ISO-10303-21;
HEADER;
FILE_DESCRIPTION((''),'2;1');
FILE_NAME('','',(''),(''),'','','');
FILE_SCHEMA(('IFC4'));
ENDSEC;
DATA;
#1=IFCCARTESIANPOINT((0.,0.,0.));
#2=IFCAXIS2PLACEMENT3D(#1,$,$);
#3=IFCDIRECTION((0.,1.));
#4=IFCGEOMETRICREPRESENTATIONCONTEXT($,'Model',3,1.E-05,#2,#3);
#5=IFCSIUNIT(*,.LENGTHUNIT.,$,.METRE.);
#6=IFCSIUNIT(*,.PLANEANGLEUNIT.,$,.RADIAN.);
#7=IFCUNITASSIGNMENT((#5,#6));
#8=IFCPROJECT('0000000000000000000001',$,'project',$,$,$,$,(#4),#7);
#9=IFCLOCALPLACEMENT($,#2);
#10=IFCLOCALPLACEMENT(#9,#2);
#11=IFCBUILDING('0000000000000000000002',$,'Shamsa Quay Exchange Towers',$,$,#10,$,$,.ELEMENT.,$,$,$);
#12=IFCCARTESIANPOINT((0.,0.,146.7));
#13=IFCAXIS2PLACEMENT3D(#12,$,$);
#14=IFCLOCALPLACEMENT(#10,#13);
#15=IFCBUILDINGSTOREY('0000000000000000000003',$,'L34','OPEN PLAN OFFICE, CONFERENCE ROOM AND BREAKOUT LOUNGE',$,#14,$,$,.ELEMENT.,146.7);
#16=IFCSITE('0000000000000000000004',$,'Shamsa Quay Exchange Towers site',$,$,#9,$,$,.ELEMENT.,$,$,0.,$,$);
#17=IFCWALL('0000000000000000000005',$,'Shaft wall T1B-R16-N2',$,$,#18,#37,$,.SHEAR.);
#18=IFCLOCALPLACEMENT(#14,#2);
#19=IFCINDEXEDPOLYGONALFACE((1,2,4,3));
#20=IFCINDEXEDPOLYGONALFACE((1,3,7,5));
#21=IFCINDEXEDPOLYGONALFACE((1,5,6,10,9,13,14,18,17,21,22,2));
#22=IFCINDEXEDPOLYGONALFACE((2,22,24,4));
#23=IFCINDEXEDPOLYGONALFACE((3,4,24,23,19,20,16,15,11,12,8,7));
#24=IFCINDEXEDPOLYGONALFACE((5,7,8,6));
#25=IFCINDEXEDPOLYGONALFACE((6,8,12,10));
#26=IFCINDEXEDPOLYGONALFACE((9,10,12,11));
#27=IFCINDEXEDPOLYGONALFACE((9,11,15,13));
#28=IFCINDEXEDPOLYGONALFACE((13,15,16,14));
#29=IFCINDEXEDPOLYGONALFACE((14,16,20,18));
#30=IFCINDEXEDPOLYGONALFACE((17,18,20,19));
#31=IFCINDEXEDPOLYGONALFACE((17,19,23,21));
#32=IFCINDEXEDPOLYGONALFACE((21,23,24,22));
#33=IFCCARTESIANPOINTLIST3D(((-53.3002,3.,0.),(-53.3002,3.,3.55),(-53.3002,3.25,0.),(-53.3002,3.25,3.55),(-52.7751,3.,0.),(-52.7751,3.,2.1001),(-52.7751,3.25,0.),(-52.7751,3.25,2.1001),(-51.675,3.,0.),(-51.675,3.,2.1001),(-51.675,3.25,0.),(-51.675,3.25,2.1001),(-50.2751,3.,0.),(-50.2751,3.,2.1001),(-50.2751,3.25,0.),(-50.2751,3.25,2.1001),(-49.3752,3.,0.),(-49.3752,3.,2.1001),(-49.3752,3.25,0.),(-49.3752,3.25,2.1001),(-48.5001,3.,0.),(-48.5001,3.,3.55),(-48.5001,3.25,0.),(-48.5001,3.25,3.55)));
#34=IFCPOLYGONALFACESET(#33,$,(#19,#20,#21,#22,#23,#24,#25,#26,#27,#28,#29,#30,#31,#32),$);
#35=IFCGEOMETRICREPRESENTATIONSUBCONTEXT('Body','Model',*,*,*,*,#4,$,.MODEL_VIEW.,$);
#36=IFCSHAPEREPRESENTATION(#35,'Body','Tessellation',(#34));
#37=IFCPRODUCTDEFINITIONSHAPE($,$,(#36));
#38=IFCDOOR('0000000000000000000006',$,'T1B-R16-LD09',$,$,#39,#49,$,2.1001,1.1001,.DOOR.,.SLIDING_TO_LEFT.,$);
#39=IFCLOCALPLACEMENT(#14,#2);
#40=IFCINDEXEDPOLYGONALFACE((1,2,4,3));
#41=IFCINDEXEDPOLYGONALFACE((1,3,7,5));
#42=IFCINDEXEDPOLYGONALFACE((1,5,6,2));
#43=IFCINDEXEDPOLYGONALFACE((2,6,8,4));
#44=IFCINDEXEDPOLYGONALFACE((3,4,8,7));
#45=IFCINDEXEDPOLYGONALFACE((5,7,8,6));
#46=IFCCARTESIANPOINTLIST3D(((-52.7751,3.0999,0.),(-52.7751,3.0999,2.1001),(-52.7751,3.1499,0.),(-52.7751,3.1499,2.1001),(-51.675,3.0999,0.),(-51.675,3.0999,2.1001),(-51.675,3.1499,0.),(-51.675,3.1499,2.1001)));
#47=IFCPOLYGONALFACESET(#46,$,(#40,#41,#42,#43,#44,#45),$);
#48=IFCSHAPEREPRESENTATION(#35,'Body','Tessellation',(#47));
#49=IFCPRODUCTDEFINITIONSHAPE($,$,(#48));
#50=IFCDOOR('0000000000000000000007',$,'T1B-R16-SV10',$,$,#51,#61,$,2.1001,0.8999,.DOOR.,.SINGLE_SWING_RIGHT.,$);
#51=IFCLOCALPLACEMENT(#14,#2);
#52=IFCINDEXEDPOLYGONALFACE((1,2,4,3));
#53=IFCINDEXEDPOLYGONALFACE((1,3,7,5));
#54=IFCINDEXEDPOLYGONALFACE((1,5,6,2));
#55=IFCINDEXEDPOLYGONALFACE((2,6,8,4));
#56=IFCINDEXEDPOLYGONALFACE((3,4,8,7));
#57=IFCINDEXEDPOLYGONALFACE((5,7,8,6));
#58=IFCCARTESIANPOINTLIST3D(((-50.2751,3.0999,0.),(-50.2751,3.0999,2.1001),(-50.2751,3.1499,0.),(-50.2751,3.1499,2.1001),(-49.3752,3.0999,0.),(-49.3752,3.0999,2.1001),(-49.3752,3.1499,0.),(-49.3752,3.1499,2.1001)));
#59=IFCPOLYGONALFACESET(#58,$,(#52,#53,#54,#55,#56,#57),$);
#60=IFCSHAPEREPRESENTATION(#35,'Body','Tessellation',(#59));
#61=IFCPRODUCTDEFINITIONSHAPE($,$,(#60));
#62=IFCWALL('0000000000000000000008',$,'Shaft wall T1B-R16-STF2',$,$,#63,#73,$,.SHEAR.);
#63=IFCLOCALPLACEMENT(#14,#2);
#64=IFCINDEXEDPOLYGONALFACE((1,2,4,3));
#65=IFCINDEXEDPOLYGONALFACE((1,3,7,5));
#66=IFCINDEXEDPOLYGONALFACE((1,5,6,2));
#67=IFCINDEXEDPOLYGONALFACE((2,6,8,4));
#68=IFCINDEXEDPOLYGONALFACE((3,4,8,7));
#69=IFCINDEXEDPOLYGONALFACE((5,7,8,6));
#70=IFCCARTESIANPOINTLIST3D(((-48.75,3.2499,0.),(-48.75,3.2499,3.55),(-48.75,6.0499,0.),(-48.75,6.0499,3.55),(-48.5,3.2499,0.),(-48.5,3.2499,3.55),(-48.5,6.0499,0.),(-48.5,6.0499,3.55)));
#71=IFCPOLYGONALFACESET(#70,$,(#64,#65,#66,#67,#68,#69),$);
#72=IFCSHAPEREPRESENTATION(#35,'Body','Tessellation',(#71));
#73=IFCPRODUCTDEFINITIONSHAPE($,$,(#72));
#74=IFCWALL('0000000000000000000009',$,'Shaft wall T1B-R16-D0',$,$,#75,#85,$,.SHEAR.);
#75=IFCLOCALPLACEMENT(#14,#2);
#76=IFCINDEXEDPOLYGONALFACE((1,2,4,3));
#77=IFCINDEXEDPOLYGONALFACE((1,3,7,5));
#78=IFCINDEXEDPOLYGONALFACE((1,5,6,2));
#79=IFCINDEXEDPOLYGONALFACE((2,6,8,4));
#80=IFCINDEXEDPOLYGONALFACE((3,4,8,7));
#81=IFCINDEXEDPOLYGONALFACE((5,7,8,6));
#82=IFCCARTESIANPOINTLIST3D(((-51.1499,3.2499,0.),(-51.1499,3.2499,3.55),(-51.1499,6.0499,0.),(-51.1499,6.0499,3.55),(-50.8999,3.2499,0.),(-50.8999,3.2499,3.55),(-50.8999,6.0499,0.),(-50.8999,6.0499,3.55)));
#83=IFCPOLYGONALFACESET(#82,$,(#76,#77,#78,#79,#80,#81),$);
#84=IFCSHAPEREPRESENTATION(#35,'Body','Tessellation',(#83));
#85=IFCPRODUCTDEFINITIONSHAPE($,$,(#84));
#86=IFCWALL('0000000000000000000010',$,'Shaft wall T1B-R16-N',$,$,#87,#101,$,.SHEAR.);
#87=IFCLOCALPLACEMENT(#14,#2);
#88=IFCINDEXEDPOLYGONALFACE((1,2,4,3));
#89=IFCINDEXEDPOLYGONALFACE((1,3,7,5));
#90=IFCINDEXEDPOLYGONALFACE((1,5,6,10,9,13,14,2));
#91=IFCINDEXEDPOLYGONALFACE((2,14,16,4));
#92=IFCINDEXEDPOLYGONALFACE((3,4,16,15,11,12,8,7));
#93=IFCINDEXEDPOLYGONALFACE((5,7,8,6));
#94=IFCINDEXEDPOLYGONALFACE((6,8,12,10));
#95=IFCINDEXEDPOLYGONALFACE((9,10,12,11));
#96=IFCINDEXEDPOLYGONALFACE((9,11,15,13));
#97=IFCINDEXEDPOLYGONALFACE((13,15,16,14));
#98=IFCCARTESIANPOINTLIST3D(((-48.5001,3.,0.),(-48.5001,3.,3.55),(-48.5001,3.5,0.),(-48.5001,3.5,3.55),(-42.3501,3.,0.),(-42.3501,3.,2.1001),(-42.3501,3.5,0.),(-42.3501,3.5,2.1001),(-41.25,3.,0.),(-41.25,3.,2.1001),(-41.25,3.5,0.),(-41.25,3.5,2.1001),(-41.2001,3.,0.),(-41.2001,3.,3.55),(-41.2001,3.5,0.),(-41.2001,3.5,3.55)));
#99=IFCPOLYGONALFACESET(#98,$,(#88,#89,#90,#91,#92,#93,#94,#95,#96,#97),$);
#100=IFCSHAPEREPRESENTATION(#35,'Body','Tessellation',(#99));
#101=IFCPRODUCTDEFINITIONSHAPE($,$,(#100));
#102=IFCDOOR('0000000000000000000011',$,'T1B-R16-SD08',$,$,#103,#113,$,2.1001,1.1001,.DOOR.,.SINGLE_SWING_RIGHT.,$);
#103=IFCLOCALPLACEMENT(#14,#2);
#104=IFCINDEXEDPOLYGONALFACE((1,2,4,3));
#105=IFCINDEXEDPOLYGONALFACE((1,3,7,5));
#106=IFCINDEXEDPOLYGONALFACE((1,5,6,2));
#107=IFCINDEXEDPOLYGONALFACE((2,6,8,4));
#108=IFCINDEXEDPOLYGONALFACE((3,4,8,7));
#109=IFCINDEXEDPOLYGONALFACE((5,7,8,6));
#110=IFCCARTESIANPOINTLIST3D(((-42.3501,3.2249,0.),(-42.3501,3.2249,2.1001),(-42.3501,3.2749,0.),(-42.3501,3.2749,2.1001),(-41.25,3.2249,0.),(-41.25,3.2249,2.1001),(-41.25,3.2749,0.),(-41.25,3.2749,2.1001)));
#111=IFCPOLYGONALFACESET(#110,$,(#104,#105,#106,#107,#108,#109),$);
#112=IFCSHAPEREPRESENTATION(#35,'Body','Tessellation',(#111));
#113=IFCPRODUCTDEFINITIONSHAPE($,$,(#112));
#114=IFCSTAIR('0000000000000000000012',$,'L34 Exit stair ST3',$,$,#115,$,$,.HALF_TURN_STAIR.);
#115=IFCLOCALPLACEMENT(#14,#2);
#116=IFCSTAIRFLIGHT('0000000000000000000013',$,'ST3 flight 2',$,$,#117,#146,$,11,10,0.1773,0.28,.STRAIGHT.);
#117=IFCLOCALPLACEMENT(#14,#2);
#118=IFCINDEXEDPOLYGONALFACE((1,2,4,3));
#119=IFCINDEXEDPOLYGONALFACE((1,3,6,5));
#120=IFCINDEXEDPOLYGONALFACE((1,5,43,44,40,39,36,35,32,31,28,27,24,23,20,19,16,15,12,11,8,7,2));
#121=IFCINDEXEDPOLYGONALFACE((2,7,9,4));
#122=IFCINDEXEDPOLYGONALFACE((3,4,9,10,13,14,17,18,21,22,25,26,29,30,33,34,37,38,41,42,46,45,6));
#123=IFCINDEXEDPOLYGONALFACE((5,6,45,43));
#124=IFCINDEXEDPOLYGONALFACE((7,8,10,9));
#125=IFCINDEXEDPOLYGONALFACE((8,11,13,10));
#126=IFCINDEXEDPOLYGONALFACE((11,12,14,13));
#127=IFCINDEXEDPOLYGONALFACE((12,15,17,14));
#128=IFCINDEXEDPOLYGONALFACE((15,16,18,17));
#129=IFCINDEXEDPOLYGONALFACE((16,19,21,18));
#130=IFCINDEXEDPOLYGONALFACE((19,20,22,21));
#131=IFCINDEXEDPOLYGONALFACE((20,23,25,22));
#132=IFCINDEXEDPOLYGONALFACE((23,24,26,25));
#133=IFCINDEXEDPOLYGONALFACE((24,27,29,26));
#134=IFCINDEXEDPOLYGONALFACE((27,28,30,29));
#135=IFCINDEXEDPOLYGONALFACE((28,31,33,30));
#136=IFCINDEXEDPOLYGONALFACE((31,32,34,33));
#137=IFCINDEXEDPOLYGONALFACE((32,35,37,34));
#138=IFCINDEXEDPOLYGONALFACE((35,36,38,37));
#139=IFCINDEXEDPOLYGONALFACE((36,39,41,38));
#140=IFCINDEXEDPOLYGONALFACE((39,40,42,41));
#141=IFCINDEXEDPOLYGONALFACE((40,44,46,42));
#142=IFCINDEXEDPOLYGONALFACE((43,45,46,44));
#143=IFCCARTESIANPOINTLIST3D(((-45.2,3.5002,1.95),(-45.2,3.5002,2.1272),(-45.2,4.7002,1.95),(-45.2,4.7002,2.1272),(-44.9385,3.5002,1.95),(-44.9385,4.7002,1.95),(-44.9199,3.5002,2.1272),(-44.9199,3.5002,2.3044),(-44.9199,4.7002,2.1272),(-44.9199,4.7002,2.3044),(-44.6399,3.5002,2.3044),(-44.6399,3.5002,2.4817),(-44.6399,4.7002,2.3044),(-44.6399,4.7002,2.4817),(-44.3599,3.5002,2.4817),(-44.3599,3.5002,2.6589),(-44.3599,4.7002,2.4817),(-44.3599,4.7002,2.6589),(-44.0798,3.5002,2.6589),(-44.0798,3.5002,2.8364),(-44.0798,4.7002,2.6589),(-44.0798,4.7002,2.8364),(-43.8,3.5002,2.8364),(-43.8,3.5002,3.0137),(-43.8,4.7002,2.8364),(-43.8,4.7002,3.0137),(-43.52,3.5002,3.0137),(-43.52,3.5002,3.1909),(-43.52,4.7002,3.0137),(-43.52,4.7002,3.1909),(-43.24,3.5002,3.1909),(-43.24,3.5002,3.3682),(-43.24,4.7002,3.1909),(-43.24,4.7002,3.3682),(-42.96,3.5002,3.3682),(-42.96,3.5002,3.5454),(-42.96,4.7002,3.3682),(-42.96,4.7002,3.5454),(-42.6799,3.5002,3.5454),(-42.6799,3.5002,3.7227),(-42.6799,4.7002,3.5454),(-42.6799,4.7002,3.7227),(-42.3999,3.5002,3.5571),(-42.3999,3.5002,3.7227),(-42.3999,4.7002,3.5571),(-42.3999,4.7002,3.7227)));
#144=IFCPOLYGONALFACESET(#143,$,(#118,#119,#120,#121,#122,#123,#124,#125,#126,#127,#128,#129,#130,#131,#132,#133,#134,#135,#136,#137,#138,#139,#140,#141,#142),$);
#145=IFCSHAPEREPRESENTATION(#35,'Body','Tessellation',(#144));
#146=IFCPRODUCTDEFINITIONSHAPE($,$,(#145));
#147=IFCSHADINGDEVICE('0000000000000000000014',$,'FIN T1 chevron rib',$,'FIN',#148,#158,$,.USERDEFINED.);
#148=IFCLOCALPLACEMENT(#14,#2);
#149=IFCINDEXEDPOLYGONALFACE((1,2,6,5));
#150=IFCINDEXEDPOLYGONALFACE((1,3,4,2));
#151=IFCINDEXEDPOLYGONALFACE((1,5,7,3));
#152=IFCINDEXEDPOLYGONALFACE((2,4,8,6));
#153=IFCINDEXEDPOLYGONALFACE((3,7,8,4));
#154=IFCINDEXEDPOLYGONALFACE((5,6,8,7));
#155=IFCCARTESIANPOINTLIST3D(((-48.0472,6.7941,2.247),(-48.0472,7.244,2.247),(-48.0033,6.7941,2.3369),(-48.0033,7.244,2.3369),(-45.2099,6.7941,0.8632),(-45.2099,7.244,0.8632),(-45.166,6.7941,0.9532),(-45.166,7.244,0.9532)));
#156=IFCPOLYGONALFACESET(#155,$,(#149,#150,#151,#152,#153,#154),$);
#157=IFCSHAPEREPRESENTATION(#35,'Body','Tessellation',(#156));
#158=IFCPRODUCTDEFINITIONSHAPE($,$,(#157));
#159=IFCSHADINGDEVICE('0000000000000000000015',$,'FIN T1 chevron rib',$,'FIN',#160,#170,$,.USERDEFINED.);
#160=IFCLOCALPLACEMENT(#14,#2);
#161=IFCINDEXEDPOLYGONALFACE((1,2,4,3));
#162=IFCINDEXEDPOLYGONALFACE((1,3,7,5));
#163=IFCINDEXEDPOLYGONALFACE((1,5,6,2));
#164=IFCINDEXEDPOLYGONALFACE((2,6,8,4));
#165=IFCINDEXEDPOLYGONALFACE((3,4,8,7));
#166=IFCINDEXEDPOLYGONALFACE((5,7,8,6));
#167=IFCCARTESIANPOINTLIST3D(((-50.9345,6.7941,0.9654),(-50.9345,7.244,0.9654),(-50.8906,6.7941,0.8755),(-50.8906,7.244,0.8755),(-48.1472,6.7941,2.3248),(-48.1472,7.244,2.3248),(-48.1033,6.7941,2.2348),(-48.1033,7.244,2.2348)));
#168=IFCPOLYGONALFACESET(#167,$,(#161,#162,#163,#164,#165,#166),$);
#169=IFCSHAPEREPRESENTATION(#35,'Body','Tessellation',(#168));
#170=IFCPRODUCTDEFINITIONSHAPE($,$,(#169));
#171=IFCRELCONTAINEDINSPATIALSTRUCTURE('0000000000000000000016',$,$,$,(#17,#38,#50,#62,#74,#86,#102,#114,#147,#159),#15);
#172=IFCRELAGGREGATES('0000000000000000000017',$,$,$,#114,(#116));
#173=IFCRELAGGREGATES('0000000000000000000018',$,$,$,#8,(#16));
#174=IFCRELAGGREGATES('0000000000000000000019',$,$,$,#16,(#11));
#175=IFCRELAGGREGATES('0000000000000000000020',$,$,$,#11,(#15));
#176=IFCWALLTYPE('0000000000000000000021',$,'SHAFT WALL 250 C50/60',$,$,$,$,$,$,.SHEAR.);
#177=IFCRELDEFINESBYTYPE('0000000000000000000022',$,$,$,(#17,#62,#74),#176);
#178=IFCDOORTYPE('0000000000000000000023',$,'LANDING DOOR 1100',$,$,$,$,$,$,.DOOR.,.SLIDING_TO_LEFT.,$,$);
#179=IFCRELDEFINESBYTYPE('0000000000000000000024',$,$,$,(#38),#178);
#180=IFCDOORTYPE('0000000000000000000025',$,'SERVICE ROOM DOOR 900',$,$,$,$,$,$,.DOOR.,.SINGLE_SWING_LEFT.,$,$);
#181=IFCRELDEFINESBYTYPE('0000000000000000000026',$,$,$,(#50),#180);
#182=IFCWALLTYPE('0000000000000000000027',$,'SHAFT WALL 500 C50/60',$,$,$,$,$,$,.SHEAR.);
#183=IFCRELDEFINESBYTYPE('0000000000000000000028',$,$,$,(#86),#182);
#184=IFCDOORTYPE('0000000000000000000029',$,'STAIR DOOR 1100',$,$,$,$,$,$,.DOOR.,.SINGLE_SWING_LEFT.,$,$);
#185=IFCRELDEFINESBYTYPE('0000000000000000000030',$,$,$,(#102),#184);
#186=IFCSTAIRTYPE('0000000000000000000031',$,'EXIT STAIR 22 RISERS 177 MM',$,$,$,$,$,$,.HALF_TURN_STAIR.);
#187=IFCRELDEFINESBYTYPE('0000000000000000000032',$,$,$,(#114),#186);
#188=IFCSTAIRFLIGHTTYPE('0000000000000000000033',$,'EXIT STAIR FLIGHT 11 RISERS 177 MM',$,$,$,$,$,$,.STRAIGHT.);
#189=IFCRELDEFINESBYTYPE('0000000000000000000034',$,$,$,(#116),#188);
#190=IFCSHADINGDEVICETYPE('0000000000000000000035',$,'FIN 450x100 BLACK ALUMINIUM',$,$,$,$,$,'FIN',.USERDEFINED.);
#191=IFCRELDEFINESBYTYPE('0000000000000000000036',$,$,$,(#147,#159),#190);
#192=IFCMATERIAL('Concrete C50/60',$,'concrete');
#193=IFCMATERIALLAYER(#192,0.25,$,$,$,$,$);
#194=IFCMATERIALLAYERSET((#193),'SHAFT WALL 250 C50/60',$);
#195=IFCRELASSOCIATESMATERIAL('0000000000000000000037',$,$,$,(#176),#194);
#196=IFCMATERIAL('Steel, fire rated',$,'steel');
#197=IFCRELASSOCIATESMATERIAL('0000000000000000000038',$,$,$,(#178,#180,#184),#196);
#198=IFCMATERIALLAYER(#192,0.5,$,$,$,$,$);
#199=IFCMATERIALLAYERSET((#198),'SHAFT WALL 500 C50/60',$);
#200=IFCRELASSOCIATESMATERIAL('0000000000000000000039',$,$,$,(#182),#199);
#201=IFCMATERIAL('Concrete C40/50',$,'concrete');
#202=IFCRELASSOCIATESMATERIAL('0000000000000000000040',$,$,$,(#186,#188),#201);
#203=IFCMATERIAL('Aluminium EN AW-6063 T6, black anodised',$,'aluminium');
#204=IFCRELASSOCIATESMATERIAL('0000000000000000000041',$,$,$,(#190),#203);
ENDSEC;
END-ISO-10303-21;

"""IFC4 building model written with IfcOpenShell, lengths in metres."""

from ifc_helpers import new_model, si_unit, direction, frame, frame_2d, origin, origin_2d, place, context, subcontext, project, spatial, polyline, rectangle, outline, extrude, material, layer, layer_set, material_profile, profile_set, type_object, element, fill, aggregate, save


model = new_model("IFC4")

# Units and contexts
model_context = context("Model", 3, precision=1e-05, world=origin(), true_north=direction((0.0, 1.0)))
body_context = subcontext(model_context, "Body", "Model", "MODEL_VIEW")
ifc_project = project(units=[si_unit("LENGTHUNIT", "METRE"), si_unit("PLANEANGLEUNIT", "RADIAN")], contexts=[model_context])

# Site, building, storey
site_placement = place(None, origin())
site = spatial("IfcSite", under=ifc_project, at=site_placement, Name="Shamsa Quay Exchange Towers site", CompositionType="ELEMENT", RefElevation=0.0)
building_placement = place(site_placement, origin())
building = spatial("IfcBuilding", under=site, at=building_placement, Name="Shamsa Quay Exchange Towers", CompositionType="ELEMENT")
storey_placement = place(building_placement, frame((0.0, 0.0, 146.7)))
storey = spatial("IfcBuildingStorey", under=building, at=storey_placement, Name="L34", Description="OPEN PLAN OFFICE, CONFERENCE ROOM AND BREAKOUT LOUNGE", CompositionType="ELEMENT", Elevation=146.7)

# Shared definitions
ifc_material_1 = material(Name="Aluminium EN AW-6063 T6, black anodised", Category="aluminium")

# Wall, openings, doors
ifc_material_2 = material(Name="Concrete C50/60", Category="concrete")
ifc_layer_1 = layer(ifc_material_2, 0.25)
ifc_layer_set_1 = layer_set([ifc_layer_1], Name="SHAFT WALL 250 C50/60")
wall_type_1 = type_object("IfcWallType", Name="SHAFT WALL 250 C50/60", PredefinedType="SHEAR", material=ifc_layer_set_1)
wall_1_placement = place(storey_placement, frame((-53.3, 3.125, 0.0)))
wall_1 = element("IfcWall", 1, at=wall_1_placement, inside=storey, type_object=wall_type_1, Name="Shaft wall T1B-R16-N2", PredefinedType="SHEAR", context=body_context, shape_type="SweptSolid", body=[
    extrude(rectangle(XDim=4.8, YDim=0.25, at=frame_2d((2.3999, 0.0))), origin(), (0.0, 0.0, 1.0), 3.55),
])
opening_1_placement = place(wall_1_placement, frame((0.5249, 0.0, 0.0)))
opening_1 = element("IfcOpeningElement", 2, at=opening_1_placement, cuts=wall_1, PredefinedType="OPENING", context=body_context, shape_type="SweptSolid", body=[
    extrude(rectangle(XDim=1.1001, YDim=2.1001, at=frame_2d((0.55, 1.05))), frame((0.0, 0.135, 0.0), z_axis=(0.0, -1.0, 0.0), x_axis=(1.0, 0.0, 0.0)), (0.0, 0.0, 1.0), 0.27),
])
opening_2_placement = place(wall_1_placement, frame((3.0249, 0.0, 0.0)))
opening_2 = element("IfcOpeningElement", 3, at=opening_2_placement, cuts=wall_1, PredefinedType="OPENING", context=body_context, shape_type="SweptSolid", body=[
    extrude(rectangle(XDim=0.8999, YDim=2.1001, at=frame_2d((0.45, 1.05))), frame((0.0, 0.135, 0.0), z_axis=(0.0, -1.0, 0.0), x_axis=(1.0, 0.0, 0.0)), (0.0, 0.0, 1.0), 0.27),
])
ifc_material_3 = material(Name="Steel, fire rated", Category="steel")
door_type_1 = type_object("IfcDoorType", Name="LANDING DOOR 1100", OperationType="SLIDING_TO_LEFT", PredefinedType="DOOR", material=ifc_material_3)
door_1_placement = place(opening_1_placement, origin())
door_1 = element("IfcDoor", 4, at=door_1_placement, inside=storey, type_object=door_type_1, Name="T1B-R16-LD09", OperationType="SLIDING_TO_LEFT", OverallHeight=2.1001, OverallWidth=1.1001, PredefinedType="DOOR", context=body_context, shape_type="SweptSolid", body=[
    extrude(rectangle(XDim=1.1001, YDim=2.1001, at=frame_2d((0.55, 1.05))), frame((0.0, 0.0249, 0.0), z_axis=(0.0, -1.0, 0.0), x_axis=(1.0, 0.0, 0.0)), (0.0, 0.0, 1.0), 0.05),
])
fill(opening_1, door_1)
door_type_2 = type_object("IfcDoorType", Name="SERVICE ROOM DOOR 900", OperationType="SINGLE_SWING_LEFT", PredefinedType="DOOR", material=ifc_material_3)
door_2_placement = place(opening_2_placement, origin())
door_2 = element("IfcDoor", 5, at=door_2_placement, inside=storey, type_object=door_type_2, Name="T1B-R16-SV10", OperationType="SINGLE_SWING_RIGHT", OverallHeight=2.1001, OverallWidth=0.8999, PredefinedType="DOOR", context=body_context, shape_type="SweptSolid", body=[
    extrude(rectangle(XDim=0.8999, YDim=2.1001, at=frame_2d((0.45, 1.05))), frame((0.0, 0.0249, 0.0), z_axis=(0.0, -1.0, 0.0), x_axis=(1.0, 0.0, 0.0)), (0.0, 0.0, 1.0), 0.05),
])
fill(opening_2, door_2)

# Walls
for number, where, z_axis, x_axis, name in (
    (6, (-48.625, 3.25, 0.0), (0.0, 0.0, 1.0), (0.0, 1.0, 0.0), "Shaft wall T1B-R16-STF2"),
    (7, (-51.0249, 3.25, 0.0), (0.0, 0.0, 1.0), (0.0, 1.0, 0.0), "Shaft wall T1B-R16-D0"),
):
    element("IfcWall", number, at=place(storey_placement, frame(where, z_axis=z_axis, x_axis=x_axis)), inside=storey, type_object=wall_type_1, Name=name, PredefinedType="SHEAR", context=body_context, shape_type="SweptSolid", body=[
        extrude(rectangle(XDim=2.8, YDim=0.25, at=frame_2d((1.3999, 0.0))), origin(), (0.0, 0.0, 1.0), 3.55),
    ])

# Wall, opening, door
ifc_layer_2 = layer(ifc_material_2, 0.5)
ifc_layer_set_2 = layer_set([ifc_layer_2], Name="SHAFT WALL 500 C50/60")
wall_type_2 = type_object("IfcWallType", Name="SHAFT WALL 500 C50/60", PredefinedType="SHEAR", material=ifc_layer_set_2)
wall_2_placement = place(storey_placement, frame((-48.5, 3.25, 0.0)))
wall_2 = element("IfcWall", 8, at=wall_2_placement, inside=storey, type_object=wall_type_2, Name="Shaft wall T1B-R16-N", PredefinedType="SHEAR", context=body_context, shape_type="SweptSolid", body=[
    extrude(rectangle(XDim=7.3, YDim=0.5, at=frame_2d((3.6499, 0.0))), origin(), (0.0, 0.0, 1.0), 3.55),
])
opening_3_placement = place(wall_2_placement, frame((6.1499, 0.0, 0.0)))
opening_3 = element("IfcOpeningElement", 9, at=opening_3_placement, cuts=wall_2, PredefinedType="OPENING", context=body_context, shape_type="SweptSolid", body=[
    extrude(rectangle(XDim=1.1001, YDim=2.1001, at=frame_2d((0.55, 1.05))), frame((0.0, 0.26, 0.0), z_axis=(0.0, -1.0, 0.0), x_axis=(1.0, 0.0, 0.0)), (0.0, 0.0, 1.0), 0.52),
])
door_type_3 = type_object("IfcDoorType", Name="STAIR DOOR 1100", OperationType="SINGLE_SWING_LEFT", PredefinedType="DOOR", material=ifc_material_3)
door_3_placement = place(opening_3_placement, origin())
door_3 = element("IfcDoor", 10, at=door_3_placement, inside=storey, type_object=door_type_3, Name="T1B-R16-SD08", OperationType="SINGLE_SWING_RIGHT", OverallHeight=2.1001, OverallWidth=1.1001, PredefinedType="DOOR", context=body_context, shape_type="SweptSolid", body=[
    extrude(rectangle(XDim=1.1001, YDim=2.1001, at=frame_2d((0.55, 1.05))), frame((0.0, 0.0249, 0.0), z_axis=(0.0, -1.0, 0.0), x_axis=(1.0, 0.0, 0.0)), (0.0, 0.0, 1.0), 0.05),
])
fill(opening_3, door_3)

# Stair, stair flight
ifc_material_4 = material(Name="Concrete C40/50", Category="concrete")
stair_type = type_object("IfcStairType", Name="EXIT STAIR 22 RISERS 177 MM", PredefinedType="HALF_TURN_STAIR", material=ifc_material_4)
stair_placement = place(storey_placement, origin())
stair = element("IfcStair", 11, at=stair_placement, inside=storey, type_object=stair_type, Name="L34 Exit stair ST3", PredefinedType="HALF_TURN_STAIR")
stair_flight_type = type_object("IfcStairFlightType", Name="EXIT STAIR FLIGHT 11 RISERS 177 MM", PredefinedType="STRAIGHT", material=ifc_material_4)
stair_flight_placement = place(storey_placement, frame((-45.2, 4.1001, 1.95)))
stair_flight = element("IfcStairFlight", 12, at=stair_flight_placement, type_object=stair_flight_type, Name="ST3 flight 2", NumberOfRisers=11, NumberOfTreads=10, PredefinedType="STRAIGHT", RiserHeight=0.1773, TreadLength=0.28, context=body_context, shape_type="SweptSolid", body=[
    extrude(outline(polyline([(0.0, 0.0), (0.0, 0.1772), (0.28, 0.1772), (0.28, 0.3545), (0.5601, 0.3545), (0.5601, 0.5317), (0.8401, 0.5317), (0.8401, 0.709), (1.1201, 0.709), (1.1201, 0.8865), (1.3999, 0.8865), (1.3999, 1.0637), (1.6799, 1.0637), (1.6799, 1.241), (1.96, 1.241), (1.96, 1.4182), (2.24, 1.4182), (2.24, 1.5955), (2.52, 1.5955), (2.52, 1.7727), (2.8, 1.7727), (2.8, 1.95), (2.8, 1.6072), (0.2615, 0.0), (0.0, 0.0)])), frame((0.0, 0.6001, 0.0), z_axis=(0.0, -1.0, 0.0), x_axis=(1.0, 0.0, 0.0)), (0.0, 0.0, 1.0), 1.2),
])
aggregate(stair, [stair_flight])

# Shading devices
ifc_material_profile_1 = material_profile(ifc_material_1, rectangle(XDim=0.45, YDim=0.1001, at=origin_2d()), Name="FIN450x100")
ifc_profile_set_1 = profile_set([ifc_material_profile_1], Name="Aluminium EN AW-6063 T6, black anodised")
shading_device_type = type_object("IfcShadingDeviceType", Name="FIN 450x100 BLACK ALUMINIUM", ElementType="FIN", PredefinedType="USERDEFINED", material=ifc_profile_set_1)
shading_device_1_placement = place(storey_placement, frame((-45.188, 7.019, 0.9082), z_axis=(-0.898807, 0.0, 0.438344), x_axis=(0.0, -1.0, 0.0)))
element("IfcShadingDevice", 13, at=shading_device_1_placement, inside=storey, type_object=shading_device_type, Name="FIN T1 chevron rib", ObjectType="FIN", PredefinedType="USERDEFINED", context=body_context, shape_type="SweptSolid", body=[
    extrude(rectangle(XDim=0.45, YDim=0.1001, at=origin_2d()), origin(), (0.0, 0.0, 1.0), 3.1567),
])
shading_device_2_placement = place(storey_placement, frame((-48.1252, 7.019, 2.2798), z_axis=(-0.898808, 0.0, -0.438343), x_axis=(0.0, -1.0, 0.0)))
element("IfcShadingDevice", 14, at=shading_device_2_placement, inside=storey, type_object=shading_device_type, Name="FIN T1 chevron rib", ObjectType="FIN", PredefinedType="USERDEFINED", context=body_context, shape_type="SweptSolid", body=[
    extrude(rectangle(XDim=0.45, YDim=0.1001, at=origin_2d()), origin(), (0.0, 0.0, 1.0), 3.1011),
])

save(model, "model.ifc")
